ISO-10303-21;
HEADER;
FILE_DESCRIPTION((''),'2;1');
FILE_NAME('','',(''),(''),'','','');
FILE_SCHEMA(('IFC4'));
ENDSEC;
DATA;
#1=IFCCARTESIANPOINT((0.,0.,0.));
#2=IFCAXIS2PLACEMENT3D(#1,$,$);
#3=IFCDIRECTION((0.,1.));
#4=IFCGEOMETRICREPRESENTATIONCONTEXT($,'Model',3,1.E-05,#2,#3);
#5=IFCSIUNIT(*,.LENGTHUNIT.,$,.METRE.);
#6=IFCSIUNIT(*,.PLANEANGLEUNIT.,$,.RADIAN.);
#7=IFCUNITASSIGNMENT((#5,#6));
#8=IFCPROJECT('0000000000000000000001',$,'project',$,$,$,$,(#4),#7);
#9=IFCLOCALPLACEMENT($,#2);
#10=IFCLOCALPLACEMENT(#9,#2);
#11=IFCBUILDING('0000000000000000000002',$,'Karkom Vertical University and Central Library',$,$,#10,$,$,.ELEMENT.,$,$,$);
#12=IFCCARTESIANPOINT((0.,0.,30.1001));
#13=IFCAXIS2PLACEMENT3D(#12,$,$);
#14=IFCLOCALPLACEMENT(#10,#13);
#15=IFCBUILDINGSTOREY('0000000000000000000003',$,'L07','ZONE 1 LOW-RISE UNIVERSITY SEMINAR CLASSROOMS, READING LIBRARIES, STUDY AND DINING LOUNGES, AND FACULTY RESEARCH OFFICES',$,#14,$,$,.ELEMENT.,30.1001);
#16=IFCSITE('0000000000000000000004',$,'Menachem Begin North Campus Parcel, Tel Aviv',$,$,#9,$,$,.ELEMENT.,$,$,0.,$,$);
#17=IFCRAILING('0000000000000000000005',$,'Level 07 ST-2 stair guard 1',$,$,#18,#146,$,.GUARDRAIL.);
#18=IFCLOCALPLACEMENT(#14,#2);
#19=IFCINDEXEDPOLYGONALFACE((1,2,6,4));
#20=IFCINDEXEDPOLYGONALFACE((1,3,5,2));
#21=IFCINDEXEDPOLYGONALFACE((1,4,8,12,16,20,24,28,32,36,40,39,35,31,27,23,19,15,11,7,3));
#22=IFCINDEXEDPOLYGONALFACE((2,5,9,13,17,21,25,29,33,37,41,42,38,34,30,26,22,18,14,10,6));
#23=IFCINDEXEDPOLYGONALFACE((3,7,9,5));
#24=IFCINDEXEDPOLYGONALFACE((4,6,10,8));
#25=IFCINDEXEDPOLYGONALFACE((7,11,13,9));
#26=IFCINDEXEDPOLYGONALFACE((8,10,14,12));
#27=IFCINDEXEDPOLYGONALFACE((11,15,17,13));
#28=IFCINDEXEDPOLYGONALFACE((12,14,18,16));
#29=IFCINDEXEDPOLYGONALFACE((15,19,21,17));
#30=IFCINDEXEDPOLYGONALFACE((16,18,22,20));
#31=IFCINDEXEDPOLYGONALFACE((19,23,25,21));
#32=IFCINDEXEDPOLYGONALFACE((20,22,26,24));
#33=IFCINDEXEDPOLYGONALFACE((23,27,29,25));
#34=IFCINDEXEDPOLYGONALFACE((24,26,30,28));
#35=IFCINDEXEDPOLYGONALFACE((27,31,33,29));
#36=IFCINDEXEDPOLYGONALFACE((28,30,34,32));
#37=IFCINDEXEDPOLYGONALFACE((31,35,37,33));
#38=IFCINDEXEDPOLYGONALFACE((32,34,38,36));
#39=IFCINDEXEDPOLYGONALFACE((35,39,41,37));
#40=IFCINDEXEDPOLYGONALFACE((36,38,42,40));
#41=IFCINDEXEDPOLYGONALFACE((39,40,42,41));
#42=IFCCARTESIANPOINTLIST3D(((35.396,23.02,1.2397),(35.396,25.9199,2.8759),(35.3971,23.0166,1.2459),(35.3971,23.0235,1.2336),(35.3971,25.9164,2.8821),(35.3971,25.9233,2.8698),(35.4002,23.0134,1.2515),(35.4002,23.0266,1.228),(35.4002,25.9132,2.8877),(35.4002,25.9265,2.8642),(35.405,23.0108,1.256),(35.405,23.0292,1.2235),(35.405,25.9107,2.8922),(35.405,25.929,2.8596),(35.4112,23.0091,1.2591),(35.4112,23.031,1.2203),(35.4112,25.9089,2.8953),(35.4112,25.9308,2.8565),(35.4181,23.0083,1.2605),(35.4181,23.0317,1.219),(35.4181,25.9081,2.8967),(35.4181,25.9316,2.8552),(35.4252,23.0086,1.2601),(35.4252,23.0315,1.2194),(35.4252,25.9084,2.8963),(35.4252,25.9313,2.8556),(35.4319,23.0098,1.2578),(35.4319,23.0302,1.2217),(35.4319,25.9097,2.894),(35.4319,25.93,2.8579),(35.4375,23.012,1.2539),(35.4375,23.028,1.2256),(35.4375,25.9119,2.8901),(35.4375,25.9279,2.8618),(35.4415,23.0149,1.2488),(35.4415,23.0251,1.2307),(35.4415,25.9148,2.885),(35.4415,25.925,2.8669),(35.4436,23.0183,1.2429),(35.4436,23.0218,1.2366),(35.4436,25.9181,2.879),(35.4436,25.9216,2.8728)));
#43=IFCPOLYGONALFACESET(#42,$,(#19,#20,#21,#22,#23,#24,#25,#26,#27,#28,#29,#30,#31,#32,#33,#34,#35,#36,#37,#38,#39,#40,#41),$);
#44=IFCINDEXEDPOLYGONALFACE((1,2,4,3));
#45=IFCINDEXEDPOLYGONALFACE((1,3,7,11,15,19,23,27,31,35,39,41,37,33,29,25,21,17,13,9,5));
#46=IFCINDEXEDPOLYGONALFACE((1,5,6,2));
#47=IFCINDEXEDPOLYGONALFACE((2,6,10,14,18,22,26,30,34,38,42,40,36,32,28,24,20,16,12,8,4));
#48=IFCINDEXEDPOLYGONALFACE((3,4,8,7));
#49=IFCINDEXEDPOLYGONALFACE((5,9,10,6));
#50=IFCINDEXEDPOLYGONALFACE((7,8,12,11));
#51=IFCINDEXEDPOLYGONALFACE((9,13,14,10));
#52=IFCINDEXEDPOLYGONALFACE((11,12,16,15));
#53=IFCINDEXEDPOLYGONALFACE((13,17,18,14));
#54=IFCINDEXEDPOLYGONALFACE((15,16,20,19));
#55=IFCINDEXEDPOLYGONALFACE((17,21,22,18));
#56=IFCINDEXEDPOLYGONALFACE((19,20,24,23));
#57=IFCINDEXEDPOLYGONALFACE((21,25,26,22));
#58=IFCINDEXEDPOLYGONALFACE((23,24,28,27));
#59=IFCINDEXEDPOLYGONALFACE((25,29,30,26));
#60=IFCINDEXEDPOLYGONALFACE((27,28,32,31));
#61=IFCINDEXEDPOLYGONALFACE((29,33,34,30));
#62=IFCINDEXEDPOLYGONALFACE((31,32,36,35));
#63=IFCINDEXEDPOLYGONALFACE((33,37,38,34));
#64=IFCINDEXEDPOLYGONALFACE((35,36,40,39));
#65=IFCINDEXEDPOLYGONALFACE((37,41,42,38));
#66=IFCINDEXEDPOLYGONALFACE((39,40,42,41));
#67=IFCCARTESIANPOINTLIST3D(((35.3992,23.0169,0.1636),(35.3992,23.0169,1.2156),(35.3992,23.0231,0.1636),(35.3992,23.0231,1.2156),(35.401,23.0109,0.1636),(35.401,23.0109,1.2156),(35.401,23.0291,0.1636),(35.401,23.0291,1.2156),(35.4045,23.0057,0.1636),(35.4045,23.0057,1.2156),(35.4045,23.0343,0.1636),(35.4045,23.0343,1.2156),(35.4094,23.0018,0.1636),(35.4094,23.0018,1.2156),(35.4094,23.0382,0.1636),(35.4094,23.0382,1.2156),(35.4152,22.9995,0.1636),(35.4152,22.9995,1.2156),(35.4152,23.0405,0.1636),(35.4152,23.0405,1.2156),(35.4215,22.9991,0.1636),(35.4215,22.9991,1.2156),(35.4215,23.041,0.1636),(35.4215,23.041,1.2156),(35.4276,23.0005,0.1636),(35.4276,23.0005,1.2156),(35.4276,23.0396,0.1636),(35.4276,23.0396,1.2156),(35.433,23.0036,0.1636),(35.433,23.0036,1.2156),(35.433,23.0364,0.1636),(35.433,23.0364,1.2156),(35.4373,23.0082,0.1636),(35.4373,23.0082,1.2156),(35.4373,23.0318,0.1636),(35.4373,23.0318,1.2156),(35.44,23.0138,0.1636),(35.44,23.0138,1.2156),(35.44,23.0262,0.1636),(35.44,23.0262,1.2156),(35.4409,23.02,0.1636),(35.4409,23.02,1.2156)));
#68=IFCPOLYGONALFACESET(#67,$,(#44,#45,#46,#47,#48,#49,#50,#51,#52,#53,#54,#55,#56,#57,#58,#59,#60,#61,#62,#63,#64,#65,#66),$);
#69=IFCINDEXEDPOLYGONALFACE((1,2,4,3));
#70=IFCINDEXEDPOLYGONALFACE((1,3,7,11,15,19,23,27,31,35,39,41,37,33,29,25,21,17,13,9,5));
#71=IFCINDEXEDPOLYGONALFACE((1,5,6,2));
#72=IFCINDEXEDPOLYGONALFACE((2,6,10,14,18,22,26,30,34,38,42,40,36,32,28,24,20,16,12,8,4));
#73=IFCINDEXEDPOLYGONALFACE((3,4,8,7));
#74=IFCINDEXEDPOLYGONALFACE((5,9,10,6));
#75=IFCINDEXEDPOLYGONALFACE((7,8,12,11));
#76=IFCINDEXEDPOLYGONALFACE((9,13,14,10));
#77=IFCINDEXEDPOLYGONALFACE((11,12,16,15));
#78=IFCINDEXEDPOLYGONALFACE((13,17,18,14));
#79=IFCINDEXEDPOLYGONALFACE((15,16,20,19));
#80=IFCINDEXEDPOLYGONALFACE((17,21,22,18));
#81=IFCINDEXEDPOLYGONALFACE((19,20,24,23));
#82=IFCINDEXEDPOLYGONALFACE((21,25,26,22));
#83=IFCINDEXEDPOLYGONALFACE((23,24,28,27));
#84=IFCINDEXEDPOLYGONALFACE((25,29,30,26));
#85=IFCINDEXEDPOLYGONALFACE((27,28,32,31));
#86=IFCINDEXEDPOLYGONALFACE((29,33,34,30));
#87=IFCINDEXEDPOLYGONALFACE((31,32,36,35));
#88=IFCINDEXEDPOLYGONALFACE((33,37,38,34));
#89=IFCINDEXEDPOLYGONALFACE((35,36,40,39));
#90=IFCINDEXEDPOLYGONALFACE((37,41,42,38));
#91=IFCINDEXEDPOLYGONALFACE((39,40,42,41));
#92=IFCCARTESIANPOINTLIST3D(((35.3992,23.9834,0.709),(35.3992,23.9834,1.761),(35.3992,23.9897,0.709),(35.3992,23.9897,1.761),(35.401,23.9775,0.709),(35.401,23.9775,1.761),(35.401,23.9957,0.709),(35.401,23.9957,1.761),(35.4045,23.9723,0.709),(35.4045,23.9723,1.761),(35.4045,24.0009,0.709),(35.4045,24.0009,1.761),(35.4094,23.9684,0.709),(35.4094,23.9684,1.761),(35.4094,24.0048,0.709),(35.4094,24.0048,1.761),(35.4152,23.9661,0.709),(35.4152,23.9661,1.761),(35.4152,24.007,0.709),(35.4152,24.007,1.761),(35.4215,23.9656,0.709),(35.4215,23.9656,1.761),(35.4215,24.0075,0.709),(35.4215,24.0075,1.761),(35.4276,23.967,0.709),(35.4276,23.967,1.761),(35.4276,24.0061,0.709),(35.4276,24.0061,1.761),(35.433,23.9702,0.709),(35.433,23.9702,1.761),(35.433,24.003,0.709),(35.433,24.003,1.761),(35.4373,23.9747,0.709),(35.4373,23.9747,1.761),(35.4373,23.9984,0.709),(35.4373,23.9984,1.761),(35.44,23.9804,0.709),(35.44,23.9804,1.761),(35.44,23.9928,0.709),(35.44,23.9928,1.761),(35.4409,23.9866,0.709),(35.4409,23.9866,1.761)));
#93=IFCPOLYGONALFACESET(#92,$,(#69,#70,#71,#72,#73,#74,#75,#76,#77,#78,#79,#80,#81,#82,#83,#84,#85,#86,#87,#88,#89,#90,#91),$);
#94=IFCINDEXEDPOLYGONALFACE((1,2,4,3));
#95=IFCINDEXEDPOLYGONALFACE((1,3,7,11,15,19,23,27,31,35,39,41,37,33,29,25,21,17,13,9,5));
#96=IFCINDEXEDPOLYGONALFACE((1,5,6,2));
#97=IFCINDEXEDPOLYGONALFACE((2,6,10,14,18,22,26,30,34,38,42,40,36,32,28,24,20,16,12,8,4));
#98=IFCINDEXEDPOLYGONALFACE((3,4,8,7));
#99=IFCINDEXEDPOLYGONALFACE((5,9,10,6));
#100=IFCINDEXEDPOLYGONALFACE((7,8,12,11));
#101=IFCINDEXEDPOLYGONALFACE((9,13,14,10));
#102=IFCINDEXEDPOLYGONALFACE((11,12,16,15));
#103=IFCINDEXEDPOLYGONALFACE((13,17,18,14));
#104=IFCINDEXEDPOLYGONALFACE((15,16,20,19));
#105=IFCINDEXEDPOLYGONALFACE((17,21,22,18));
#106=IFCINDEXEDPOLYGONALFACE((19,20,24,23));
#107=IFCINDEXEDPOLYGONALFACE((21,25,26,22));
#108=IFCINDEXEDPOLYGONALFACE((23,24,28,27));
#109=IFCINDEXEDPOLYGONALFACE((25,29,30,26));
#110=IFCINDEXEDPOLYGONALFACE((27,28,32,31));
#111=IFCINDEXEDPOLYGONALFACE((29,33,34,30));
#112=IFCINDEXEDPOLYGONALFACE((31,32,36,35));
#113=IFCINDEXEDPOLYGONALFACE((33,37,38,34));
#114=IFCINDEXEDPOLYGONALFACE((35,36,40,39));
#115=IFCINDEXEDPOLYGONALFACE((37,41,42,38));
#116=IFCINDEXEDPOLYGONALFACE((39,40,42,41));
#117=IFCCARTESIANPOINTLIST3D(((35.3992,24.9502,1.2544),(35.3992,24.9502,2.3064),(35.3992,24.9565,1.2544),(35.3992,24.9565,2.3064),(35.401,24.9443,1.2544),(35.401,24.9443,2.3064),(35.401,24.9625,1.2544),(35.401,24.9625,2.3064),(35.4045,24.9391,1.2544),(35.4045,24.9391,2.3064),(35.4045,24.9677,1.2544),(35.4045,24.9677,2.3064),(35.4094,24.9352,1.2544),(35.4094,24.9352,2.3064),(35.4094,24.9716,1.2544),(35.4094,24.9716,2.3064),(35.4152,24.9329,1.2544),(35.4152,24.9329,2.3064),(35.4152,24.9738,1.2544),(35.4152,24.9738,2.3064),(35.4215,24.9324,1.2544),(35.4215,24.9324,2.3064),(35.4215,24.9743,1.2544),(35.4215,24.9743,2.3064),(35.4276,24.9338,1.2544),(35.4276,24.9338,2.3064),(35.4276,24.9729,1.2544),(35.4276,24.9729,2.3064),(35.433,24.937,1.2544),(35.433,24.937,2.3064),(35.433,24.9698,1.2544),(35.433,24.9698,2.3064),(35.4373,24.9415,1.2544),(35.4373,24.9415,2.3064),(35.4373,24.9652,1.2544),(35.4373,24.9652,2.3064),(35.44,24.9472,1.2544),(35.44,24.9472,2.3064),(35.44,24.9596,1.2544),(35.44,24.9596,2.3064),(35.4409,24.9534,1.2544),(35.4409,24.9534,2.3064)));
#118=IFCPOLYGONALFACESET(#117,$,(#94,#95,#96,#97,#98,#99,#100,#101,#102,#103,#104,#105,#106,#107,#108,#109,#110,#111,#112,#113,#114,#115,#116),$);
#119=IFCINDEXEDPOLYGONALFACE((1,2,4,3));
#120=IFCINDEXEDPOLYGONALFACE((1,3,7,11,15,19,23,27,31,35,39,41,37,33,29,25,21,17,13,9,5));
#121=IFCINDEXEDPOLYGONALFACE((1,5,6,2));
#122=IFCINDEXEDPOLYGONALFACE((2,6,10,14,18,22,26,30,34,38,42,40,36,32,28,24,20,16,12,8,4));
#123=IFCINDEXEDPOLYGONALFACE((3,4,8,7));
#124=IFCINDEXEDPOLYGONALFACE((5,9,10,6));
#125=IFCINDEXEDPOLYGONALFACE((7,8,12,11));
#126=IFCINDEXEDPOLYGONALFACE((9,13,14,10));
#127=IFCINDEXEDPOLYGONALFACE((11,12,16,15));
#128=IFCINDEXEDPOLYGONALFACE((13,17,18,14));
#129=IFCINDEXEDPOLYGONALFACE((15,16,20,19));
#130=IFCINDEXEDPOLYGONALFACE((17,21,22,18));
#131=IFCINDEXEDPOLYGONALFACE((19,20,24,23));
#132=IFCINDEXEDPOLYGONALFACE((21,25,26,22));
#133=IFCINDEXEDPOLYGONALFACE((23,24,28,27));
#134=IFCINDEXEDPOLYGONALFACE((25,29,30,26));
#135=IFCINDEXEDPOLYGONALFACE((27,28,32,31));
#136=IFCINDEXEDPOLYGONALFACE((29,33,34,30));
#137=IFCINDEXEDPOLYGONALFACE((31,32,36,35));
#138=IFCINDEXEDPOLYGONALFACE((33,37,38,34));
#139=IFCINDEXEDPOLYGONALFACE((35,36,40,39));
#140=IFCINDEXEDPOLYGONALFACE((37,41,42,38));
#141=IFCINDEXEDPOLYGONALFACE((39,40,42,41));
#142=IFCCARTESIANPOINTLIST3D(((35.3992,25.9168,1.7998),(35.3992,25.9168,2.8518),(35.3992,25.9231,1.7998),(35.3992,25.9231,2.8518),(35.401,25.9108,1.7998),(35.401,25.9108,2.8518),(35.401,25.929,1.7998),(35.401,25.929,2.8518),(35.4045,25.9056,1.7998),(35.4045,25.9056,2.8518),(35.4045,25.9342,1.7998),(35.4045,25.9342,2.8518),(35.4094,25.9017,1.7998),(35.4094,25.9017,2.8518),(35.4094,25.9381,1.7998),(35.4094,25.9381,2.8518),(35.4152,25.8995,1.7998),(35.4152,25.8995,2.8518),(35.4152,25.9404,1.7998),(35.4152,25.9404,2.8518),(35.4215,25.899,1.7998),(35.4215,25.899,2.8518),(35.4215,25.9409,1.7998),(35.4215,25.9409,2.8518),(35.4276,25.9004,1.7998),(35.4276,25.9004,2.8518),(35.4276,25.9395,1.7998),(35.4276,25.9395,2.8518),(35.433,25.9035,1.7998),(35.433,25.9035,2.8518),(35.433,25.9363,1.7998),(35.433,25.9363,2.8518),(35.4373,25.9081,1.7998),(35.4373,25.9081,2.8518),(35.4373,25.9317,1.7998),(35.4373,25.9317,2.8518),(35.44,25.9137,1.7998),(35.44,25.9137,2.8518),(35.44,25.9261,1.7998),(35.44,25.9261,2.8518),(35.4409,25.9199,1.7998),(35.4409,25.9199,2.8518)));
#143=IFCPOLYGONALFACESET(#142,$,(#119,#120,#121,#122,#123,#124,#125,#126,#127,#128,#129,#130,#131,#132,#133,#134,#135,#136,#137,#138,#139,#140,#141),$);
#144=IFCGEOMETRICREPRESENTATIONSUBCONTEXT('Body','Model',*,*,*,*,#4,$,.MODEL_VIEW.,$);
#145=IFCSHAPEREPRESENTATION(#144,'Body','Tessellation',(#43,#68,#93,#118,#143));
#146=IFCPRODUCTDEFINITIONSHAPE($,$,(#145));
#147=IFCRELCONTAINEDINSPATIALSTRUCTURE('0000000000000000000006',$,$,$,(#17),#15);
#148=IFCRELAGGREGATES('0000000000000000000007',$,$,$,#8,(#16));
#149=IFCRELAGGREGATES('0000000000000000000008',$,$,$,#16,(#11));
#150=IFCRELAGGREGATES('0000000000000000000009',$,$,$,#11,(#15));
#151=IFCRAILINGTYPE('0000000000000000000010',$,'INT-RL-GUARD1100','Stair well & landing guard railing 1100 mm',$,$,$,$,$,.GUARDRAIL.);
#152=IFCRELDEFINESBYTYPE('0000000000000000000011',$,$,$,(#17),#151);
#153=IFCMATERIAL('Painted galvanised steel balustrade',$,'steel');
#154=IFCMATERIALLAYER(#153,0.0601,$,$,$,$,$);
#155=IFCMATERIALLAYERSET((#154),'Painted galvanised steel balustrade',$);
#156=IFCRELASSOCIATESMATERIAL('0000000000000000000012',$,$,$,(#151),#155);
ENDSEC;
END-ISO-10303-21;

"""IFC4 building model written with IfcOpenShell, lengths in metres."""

from ifc_helpers import new_model, si_unit, direction, frame, origin, origin_2d, place, context, subcontext, project, spatial, circle, extrude, material, layer, layer_set, type_object, element, save


model = new_model("IFC4")

# Units and contexts
model_context = context("Model", 3, precision=1e-05, world=origin(), true_north=direction((0.0, 1.0)))
body_context = subcontext(model_context, "Body", "Model", "MODEL_VIEW")
ifc_project = project(units=[si_unit("LENGTHUNIT", "METRE"), si_unit("PLANEANGLEUNIT", "RADIAN")], contexts=[model_context])

# Site, building, storey
site_placement = place(None, origin())
site = spatial("IfcSite", under=ifc_project, at=site_placement, Name="Menachem Begin North Campus Parcel, Tel Aviv", CompositionType="ELEMENT", RefElevation=0.0)
building_placement = place(site_placement, origin())
building = spatial("IfcBuilding", under=site, at=building_placement, Name="Karkom Vertical University and Central Library", CompositionType="ELEMENT")
storey_placement = place(building_placement, frame((0.0, 0.0, 30.1001)))
storey = spatial("IfcBuildingStorey", under=building, at=storey_placement, Name="L07", Description="ZONE 1 LOW-RISE UNIVERSITY SEMINAR CLASSROOMS, READING LIBRARIES, STUDY AND DINING LOUNGES, AND FACULTY RESEARCH OFFICES", CompositionType="ELEMENT", Elevation=30.1001)

# Railing
ifc_material_1 = material(Name="Painted galvanised steel balustrade", Category="steel")
ifc_layer_1 = layer(ifc_material_1, 0.0601)
ifc_layer_set_1 = layer_set([ifc_layer_1], Name="Painted galvanised steel balustrade")
railing_type_1 = type_object("IfcRailingType", Name="INT-RL-GUARD1100", Description="Stair well & landing guard railing 1100 mm", PredefinedType="GUARDRAIL", material=ifc_layer_set_1)
railing_1_placement = place(storey_placement, frame((35.4199, 23.02, 0.1636)))
element("IfcRailing", 1, at=railing_1_placement, inside=storey, type_object=railing_type_1, Name="Level 07 ST-2 stair guard 1", PredefinedType="GUARDRAIL", context=body_context, shape_type="SweptSolid", body=[
    extrude(circle(Radius=0.0239, at=origin_2d()), frame((0.0, 0.0, 1.0762), z_axis=(0.0, 0.870929, 0.49141), x_axis=(-1.0, 0.0, 0.0)), (0.0, 0.0, 1.0), 3.3296),
    extrude(circle(Radius=0.021, at=origin_2d()), origin(), (0.0, 0.0, 1.0), 1.052),
    extrude(circle(Radius=0.021, at=origin_2d()), frame((0.0, 0.9666, 0.5454)), (0.0, 0.0, 1.0), 1.052),
    extrude(circle(Radius=0.021, at=origin_2d()), frame((0.0, 1.9333, 1.0908)), (0.0, 0.0, 1.0), 1.052),
    extrude(circle(Radius=0.021, at=origin_2d()), frame((0.0, 2.8999, 1.6362)), (0.0, 0.0, 1.0), 1.052),
])

save(model, "model.ifc")
